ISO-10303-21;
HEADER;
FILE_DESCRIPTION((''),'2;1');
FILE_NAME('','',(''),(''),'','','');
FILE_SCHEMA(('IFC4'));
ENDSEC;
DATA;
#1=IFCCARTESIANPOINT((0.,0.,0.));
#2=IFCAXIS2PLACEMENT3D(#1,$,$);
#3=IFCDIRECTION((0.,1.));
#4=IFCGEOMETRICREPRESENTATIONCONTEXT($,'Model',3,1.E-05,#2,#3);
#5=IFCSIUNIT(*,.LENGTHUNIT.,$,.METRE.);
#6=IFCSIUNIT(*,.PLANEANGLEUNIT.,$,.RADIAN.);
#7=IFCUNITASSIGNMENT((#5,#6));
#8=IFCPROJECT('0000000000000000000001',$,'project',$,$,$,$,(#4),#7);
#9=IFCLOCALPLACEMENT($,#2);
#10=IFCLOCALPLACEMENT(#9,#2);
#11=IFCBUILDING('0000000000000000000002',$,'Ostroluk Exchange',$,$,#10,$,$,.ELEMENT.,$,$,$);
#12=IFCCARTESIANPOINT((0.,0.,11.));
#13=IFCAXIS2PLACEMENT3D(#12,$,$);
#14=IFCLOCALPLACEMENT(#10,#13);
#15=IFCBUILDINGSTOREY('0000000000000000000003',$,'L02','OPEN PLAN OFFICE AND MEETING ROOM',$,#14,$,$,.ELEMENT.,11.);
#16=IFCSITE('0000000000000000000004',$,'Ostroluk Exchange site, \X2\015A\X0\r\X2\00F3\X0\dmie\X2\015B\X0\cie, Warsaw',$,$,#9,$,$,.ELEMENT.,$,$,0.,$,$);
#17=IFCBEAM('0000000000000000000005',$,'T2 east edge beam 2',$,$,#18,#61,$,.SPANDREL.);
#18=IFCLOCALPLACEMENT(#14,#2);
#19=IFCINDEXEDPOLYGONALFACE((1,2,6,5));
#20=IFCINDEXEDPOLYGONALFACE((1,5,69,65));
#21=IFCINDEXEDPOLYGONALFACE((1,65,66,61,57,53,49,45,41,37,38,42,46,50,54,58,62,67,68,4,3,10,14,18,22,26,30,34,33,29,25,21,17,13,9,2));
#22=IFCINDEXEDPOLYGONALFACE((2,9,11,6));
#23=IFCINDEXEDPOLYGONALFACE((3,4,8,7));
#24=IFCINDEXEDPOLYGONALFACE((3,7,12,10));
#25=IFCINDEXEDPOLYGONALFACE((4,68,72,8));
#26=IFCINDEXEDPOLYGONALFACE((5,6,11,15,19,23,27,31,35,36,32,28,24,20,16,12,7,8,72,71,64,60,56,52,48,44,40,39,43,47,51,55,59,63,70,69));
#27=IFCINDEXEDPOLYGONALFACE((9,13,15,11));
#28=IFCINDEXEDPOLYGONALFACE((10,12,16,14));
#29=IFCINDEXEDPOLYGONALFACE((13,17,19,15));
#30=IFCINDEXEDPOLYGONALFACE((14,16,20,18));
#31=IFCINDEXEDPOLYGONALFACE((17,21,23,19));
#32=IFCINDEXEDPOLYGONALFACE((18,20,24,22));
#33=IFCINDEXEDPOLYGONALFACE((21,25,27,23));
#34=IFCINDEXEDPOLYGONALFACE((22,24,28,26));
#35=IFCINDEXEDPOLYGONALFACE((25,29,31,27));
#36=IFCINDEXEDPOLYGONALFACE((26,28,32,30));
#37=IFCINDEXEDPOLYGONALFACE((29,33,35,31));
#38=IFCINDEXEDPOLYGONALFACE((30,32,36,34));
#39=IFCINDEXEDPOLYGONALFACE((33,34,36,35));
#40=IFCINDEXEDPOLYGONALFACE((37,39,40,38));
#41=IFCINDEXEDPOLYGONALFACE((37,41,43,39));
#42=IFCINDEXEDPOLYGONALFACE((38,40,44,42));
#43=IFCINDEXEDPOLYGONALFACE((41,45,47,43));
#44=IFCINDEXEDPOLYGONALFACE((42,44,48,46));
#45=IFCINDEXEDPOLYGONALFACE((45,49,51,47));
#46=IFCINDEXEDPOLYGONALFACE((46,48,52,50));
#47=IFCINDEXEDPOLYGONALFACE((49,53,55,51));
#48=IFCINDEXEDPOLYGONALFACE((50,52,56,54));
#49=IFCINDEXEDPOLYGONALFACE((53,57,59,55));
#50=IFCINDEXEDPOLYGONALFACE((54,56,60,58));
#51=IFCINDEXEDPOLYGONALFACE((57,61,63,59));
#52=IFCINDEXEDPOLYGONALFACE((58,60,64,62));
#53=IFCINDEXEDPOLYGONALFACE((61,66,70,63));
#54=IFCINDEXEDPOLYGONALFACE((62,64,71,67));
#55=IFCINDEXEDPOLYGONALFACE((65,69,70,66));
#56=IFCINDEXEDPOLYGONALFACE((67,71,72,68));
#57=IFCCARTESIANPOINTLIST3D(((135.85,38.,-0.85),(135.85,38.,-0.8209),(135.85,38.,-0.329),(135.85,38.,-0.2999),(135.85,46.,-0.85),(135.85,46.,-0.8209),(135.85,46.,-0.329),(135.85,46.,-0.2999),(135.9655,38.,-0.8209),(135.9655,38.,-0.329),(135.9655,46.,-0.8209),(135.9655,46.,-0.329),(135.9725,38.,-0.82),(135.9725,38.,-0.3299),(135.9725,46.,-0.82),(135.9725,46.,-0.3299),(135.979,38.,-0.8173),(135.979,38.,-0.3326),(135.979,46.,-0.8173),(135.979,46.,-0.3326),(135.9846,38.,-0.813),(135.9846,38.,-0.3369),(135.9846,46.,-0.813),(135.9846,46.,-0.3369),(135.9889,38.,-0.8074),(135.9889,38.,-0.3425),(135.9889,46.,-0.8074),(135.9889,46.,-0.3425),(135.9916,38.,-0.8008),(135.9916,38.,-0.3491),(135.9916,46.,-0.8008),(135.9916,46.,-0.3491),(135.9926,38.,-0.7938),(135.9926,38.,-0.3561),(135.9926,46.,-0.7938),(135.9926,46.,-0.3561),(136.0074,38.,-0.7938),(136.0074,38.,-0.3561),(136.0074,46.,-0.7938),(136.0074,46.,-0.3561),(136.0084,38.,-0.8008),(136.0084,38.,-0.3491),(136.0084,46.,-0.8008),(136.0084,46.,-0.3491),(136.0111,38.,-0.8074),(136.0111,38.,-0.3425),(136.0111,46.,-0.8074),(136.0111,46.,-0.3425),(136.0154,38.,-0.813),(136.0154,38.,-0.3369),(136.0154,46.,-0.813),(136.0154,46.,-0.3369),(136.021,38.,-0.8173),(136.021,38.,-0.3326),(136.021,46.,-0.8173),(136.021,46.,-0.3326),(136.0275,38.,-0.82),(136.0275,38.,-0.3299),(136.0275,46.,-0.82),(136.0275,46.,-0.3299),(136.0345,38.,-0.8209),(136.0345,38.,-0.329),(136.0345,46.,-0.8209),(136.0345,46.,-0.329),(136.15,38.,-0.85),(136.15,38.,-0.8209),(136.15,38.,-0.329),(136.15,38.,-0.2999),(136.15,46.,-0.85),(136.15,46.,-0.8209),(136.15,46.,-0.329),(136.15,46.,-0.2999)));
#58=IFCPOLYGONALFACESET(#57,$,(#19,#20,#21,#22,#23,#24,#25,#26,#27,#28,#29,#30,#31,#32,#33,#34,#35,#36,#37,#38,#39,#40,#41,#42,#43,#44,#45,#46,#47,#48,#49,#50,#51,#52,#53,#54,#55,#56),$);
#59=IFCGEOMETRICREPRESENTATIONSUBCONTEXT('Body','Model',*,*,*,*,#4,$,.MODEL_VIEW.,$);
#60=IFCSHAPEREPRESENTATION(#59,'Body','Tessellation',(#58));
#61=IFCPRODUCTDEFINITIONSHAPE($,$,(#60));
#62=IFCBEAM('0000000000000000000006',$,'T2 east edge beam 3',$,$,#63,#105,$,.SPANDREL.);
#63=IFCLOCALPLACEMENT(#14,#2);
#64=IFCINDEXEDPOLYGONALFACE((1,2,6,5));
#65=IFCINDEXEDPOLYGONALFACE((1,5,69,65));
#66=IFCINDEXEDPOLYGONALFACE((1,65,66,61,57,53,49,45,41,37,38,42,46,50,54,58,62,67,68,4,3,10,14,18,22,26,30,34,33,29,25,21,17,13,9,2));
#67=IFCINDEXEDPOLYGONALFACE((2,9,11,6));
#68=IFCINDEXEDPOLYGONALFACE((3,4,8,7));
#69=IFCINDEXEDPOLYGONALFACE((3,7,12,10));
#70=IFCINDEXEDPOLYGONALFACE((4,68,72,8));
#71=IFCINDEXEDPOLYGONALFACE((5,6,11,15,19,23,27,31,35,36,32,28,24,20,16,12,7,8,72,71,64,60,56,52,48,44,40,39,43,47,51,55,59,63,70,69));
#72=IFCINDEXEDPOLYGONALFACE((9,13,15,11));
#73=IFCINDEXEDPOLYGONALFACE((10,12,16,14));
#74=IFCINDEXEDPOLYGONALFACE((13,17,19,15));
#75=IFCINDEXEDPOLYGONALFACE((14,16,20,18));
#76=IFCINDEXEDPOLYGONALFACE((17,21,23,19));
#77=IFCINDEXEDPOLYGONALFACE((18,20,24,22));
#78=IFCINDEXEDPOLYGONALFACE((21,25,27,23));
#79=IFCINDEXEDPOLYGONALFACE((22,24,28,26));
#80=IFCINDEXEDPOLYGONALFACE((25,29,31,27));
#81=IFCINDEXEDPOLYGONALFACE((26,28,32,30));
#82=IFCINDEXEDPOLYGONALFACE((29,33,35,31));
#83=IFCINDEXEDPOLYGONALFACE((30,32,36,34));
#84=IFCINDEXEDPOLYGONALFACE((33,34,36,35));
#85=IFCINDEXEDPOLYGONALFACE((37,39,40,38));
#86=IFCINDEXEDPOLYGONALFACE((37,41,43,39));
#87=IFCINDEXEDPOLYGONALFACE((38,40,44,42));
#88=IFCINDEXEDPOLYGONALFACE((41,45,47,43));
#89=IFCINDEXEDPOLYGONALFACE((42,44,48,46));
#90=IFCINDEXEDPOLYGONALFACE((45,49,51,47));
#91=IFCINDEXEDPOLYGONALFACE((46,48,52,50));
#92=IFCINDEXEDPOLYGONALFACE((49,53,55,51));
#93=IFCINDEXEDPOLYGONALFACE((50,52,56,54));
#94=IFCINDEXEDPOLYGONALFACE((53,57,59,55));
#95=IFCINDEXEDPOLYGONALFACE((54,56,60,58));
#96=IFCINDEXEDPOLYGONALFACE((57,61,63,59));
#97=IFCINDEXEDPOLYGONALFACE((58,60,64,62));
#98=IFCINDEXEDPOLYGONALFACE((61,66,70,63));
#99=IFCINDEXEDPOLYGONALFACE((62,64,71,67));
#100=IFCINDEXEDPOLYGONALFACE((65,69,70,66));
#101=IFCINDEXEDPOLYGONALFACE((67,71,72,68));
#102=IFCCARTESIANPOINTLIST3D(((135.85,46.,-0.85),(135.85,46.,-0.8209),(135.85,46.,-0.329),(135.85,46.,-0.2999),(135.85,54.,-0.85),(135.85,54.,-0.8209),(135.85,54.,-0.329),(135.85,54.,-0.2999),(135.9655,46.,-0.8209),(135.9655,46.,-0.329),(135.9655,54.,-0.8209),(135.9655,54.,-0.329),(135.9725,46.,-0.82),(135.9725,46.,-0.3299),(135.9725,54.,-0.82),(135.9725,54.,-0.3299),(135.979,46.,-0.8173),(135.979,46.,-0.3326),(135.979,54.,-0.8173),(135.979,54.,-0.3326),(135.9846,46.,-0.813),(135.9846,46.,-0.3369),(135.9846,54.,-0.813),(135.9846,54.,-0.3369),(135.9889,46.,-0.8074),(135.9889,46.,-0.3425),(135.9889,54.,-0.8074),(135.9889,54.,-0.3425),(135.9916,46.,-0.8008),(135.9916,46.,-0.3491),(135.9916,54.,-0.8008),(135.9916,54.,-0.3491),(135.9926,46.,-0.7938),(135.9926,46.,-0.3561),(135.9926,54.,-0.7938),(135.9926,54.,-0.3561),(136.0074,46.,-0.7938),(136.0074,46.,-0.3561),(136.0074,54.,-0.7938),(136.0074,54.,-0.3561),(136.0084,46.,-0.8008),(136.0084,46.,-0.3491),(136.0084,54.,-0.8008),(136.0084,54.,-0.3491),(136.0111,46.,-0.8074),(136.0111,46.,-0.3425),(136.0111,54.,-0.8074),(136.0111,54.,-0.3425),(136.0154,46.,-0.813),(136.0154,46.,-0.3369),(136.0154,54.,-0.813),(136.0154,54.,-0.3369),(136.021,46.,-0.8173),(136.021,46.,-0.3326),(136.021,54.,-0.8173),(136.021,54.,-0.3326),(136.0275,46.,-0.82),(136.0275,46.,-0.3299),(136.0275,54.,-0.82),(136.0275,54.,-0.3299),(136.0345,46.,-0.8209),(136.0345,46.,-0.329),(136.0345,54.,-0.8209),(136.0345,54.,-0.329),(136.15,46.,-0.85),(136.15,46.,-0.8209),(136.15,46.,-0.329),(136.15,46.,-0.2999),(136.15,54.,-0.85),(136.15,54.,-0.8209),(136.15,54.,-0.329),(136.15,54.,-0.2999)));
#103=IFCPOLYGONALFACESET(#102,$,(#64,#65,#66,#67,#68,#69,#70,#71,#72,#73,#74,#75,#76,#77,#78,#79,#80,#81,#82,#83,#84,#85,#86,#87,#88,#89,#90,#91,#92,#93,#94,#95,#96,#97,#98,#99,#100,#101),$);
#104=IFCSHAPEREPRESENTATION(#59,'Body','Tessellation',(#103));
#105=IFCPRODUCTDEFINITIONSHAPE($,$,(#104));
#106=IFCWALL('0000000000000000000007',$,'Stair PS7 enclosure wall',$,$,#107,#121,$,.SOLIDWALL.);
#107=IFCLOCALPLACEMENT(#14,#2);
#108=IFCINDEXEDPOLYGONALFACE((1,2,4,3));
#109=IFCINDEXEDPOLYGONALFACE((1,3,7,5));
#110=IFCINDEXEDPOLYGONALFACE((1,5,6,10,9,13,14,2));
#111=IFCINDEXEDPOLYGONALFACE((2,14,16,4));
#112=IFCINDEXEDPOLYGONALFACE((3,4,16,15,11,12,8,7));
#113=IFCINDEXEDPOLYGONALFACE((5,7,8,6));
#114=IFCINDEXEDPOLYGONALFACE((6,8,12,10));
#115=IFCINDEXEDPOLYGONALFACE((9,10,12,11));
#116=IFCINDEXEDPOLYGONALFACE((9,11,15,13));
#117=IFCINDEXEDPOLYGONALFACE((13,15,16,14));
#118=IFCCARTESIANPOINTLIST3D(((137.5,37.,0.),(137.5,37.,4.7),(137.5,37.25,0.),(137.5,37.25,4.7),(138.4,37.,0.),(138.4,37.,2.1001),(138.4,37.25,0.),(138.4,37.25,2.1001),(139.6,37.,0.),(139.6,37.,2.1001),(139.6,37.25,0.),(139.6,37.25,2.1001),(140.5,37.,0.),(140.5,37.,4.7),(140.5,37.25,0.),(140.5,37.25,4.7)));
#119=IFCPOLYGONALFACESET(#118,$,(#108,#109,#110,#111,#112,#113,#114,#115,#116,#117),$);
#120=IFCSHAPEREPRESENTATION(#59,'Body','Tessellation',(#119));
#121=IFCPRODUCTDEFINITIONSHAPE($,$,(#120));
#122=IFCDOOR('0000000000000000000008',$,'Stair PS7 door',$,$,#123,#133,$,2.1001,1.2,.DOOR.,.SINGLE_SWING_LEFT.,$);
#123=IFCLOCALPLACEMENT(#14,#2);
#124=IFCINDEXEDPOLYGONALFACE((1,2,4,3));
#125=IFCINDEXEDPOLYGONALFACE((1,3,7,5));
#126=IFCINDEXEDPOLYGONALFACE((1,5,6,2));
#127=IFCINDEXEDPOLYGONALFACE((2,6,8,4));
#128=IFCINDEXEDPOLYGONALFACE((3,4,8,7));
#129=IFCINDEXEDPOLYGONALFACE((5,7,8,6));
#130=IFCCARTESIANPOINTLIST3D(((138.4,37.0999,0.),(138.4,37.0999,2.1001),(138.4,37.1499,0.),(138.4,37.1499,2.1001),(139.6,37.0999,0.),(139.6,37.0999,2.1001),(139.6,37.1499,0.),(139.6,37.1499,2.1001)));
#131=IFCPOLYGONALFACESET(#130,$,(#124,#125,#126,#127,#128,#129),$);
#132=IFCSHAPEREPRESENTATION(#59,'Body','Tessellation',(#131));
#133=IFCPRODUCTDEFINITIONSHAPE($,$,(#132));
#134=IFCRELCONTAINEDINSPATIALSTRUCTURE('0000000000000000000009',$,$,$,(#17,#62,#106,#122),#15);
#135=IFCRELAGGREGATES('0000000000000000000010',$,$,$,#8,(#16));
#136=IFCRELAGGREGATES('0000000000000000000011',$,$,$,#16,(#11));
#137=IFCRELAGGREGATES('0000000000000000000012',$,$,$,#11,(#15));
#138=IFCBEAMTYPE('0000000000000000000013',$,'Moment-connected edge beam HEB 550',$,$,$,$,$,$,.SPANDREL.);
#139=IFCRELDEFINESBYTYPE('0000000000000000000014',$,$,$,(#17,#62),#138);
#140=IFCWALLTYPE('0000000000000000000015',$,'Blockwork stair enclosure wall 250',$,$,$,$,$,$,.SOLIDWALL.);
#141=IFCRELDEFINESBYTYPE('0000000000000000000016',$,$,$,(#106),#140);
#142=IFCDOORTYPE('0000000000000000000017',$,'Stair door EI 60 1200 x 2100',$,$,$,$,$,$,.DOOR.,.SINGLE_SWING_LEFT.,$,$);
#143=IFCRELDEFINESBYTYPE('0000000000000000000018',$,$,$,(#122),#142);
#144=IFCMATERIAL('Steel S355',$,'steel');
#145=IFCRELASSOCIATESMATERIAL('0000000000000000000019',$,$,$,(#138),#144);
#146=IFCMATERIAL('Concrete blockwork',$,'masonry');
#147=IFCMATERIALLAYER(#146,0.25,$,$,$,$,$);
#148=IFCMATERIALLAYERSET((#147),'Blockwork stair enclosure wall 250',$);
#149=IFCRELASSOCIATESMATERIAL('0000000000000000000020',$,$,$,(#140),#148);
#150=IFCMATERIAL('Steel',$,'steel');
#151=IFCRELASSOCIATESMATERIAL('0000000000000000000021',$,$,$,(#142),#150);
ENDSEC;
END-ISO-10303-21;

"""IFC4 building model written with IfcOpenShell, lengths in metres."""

from ifc_helpers import new_model, si_unit, direction, frame, frame_2d, origin, origin_2d, place, context, subcontext, project, spatial, rectangle, i_section, extrude, material, layer, layer_set, material_profile, profile_set, type_object, element, fill, save


model = new_model("IFC4")

# Units and contexts
model_context = context("Model", 3, precision=1e-05, world=origin(), true_north=direction((0.0, 1.0)))
body_context = subcontext(model_context, "Body", "Model", "MODEL_VIEW")
ifc_project = project(units=[si_unit("LENGTHUNIT", "METRE"), si_unit("PLANEANGLEUNIT", "RADIAN")], contexts=[model_context])

# Site, building, storey
site_placement = place(None, origin())
site = spatial("IfcSite", under=ifc_project, at=site_placement, Name="Ostroluk Exchange site, Śródmieście, Warsaw", CompositionType="ELEMENT", RefElevation=0.0)
building_placement = place(site_placement, origin())
building = spatial("IfcBuilding", under=site, at=building_placement, Name="Ostroluk Exchange", CompositionType="ELEMENT")
storey_placement = place(building_placement, frame((0.0, 0.0, 11.0)))
storey = spatial("IfcBuildingStorey", under=building, at=storey_placement, Name="L02", Description="OPEN PLAN OFFICE AND MEETING ROOM", CompositionType="ELEMENT", Elevation=11.0)

# Beams
ifc_material_1 = material(Name="Steel S355", Category="steel")
ifc_material_profile_1 = material_profile(ifc_material_1, i_section(OverallWidth=0.3, OverallDepth=0.55, WebThickness=0.0149, FlangeThickness=0.0291, FilletRadius=0.0271, at=origin_2d()), Name="HEB 550")
ifc_profile_set_1 = profile_set([ifc_material_profile_1], Name="Steel S355")
beam_type_1 = type_object("IfcBeamType", Name="Moment-connected edge beam HEB 550", PredefinedType="SPANDREL", material=ifc_profile_set_1)
for number, where, z_axis, x_axis, name in (
    (1, (136.0, 38.0, -0.575), (0.0, 1.0, 0.0), (-1.0, 0.0, 0.0), "T2 east edge beam 2"),
    (2, (136.0, 46.0, -0.575), (0.0, 1.0, 0.0), (-1.0, 0.0, 0.0), "T2 east edge beam 3"),
):
    element("IfcBeam", number, at=place(storey_placement, frame(where, z_axis=z_axis, x_axis=x_axis)), inside=storey, type_object=beam_type_1, Name=name, PredefinedType="SPANDREL", context=body_context, shape_type="SweptSolid", body=[
        extrude(i_section(OverallWidth=0.3, OverallDepth=0.55, WebThickness=0.0149, FlangeThickness=0.0291, FilletRadius=0.0271, at=origin_2d()), origin(), (0.0, 0.0, 1.0), 8.0),
    ])

# Wall, opening, door
ifc_material_2 = material(Name="Concrete blockwork", Category="masonry")
ifc_layer_1 = layer(ifc_material_2, 0.25)
ifc_layer_set_1 = layer_set([ifc_layer_1], Name="Blockwork stair enclosure wall 250")
wall_type_1 = type_object("IfcWallType", Name="Blockwork stair enclosure wall 250", PredefinedType="SOLIDWALL", material=ifc_layer_set_1)
wall_1_placement = place(storey_placement, frame((137.5, 37.125, 0.0), z_axis=(0.0, 0.0, 1.0), x_axis=(1.0, 0.0, 0.0)))
wall_1 = element("IfcWall", 3, at=wall_1_placement, inside=storey, type_object=wall_type_1, Name="Stair PS7 enclosure wall", PredefinedType="SOLIDWALL", context=body_context, shape_type="SweptSolid", body=[
    extrude(rectangle(XDim=3.0, YDim=0.25, at=frame_2d((1.5, 0.0))), origin(), (0.0, 0.0, 1.0), 4.7),
])
opening_1_placement = place(wall_1_placement, frame((0.8999, 0.0, 0.0)))
opening_1 = element("IfcOpeningElement", 4, at=opening_1_placement, cuts=wall_1, PredefinedType="OPENING", context=body_context, shape_type="SweptSolid", body=[
    extrude(rectangle(XDim=1.2, YDim=2.1001, at=frame_2d((0.6001, 1.05))), frame((0.0, 0.135, 0.0), z_axis=(0.0, -1.0, 0.0), x_axis=(1.0, 0.0, 0.0)), (0.0, 0.0, 1.0), 0.27),
])
ifc_material_3 = material(Name="Steel", Category="steel")
door_type_1 = type_object("IfcDoorType", Name="Stair door EI 60 1200 x 2100", OperationType="SINGLE_SWING_LEFT", PredefinedType="DOOR", material=ifc_material_3)
door_1_placement = place(opening_1_placement, origin())
door_1 = element("IfcDoor", 5, at=door_1_placement, inside=storey, type_object=door_type_1, Name="Stair PS7 door", OperationType="SINGLE_SWING_LEFT", OverallHeight=2.1001, OverallWidth=1.2, PredefinedType="DOOR", context=body_context, shape_type="SweptSolid", body=[
    extrude(rectangle(XDim=1.2, YDim=2.1001, at=frame_2d((0.6001, 1.05))), frame((0.0, 0.0249, 0.0), z_axis=(0.0, -1.0, 0.0), x_axis=(1.0, 0.0, 0.0)), (0.0, 0.0, 1.0), 0.05),
])
fill(opening_1, door_1)

save(model, "model.ifc")
